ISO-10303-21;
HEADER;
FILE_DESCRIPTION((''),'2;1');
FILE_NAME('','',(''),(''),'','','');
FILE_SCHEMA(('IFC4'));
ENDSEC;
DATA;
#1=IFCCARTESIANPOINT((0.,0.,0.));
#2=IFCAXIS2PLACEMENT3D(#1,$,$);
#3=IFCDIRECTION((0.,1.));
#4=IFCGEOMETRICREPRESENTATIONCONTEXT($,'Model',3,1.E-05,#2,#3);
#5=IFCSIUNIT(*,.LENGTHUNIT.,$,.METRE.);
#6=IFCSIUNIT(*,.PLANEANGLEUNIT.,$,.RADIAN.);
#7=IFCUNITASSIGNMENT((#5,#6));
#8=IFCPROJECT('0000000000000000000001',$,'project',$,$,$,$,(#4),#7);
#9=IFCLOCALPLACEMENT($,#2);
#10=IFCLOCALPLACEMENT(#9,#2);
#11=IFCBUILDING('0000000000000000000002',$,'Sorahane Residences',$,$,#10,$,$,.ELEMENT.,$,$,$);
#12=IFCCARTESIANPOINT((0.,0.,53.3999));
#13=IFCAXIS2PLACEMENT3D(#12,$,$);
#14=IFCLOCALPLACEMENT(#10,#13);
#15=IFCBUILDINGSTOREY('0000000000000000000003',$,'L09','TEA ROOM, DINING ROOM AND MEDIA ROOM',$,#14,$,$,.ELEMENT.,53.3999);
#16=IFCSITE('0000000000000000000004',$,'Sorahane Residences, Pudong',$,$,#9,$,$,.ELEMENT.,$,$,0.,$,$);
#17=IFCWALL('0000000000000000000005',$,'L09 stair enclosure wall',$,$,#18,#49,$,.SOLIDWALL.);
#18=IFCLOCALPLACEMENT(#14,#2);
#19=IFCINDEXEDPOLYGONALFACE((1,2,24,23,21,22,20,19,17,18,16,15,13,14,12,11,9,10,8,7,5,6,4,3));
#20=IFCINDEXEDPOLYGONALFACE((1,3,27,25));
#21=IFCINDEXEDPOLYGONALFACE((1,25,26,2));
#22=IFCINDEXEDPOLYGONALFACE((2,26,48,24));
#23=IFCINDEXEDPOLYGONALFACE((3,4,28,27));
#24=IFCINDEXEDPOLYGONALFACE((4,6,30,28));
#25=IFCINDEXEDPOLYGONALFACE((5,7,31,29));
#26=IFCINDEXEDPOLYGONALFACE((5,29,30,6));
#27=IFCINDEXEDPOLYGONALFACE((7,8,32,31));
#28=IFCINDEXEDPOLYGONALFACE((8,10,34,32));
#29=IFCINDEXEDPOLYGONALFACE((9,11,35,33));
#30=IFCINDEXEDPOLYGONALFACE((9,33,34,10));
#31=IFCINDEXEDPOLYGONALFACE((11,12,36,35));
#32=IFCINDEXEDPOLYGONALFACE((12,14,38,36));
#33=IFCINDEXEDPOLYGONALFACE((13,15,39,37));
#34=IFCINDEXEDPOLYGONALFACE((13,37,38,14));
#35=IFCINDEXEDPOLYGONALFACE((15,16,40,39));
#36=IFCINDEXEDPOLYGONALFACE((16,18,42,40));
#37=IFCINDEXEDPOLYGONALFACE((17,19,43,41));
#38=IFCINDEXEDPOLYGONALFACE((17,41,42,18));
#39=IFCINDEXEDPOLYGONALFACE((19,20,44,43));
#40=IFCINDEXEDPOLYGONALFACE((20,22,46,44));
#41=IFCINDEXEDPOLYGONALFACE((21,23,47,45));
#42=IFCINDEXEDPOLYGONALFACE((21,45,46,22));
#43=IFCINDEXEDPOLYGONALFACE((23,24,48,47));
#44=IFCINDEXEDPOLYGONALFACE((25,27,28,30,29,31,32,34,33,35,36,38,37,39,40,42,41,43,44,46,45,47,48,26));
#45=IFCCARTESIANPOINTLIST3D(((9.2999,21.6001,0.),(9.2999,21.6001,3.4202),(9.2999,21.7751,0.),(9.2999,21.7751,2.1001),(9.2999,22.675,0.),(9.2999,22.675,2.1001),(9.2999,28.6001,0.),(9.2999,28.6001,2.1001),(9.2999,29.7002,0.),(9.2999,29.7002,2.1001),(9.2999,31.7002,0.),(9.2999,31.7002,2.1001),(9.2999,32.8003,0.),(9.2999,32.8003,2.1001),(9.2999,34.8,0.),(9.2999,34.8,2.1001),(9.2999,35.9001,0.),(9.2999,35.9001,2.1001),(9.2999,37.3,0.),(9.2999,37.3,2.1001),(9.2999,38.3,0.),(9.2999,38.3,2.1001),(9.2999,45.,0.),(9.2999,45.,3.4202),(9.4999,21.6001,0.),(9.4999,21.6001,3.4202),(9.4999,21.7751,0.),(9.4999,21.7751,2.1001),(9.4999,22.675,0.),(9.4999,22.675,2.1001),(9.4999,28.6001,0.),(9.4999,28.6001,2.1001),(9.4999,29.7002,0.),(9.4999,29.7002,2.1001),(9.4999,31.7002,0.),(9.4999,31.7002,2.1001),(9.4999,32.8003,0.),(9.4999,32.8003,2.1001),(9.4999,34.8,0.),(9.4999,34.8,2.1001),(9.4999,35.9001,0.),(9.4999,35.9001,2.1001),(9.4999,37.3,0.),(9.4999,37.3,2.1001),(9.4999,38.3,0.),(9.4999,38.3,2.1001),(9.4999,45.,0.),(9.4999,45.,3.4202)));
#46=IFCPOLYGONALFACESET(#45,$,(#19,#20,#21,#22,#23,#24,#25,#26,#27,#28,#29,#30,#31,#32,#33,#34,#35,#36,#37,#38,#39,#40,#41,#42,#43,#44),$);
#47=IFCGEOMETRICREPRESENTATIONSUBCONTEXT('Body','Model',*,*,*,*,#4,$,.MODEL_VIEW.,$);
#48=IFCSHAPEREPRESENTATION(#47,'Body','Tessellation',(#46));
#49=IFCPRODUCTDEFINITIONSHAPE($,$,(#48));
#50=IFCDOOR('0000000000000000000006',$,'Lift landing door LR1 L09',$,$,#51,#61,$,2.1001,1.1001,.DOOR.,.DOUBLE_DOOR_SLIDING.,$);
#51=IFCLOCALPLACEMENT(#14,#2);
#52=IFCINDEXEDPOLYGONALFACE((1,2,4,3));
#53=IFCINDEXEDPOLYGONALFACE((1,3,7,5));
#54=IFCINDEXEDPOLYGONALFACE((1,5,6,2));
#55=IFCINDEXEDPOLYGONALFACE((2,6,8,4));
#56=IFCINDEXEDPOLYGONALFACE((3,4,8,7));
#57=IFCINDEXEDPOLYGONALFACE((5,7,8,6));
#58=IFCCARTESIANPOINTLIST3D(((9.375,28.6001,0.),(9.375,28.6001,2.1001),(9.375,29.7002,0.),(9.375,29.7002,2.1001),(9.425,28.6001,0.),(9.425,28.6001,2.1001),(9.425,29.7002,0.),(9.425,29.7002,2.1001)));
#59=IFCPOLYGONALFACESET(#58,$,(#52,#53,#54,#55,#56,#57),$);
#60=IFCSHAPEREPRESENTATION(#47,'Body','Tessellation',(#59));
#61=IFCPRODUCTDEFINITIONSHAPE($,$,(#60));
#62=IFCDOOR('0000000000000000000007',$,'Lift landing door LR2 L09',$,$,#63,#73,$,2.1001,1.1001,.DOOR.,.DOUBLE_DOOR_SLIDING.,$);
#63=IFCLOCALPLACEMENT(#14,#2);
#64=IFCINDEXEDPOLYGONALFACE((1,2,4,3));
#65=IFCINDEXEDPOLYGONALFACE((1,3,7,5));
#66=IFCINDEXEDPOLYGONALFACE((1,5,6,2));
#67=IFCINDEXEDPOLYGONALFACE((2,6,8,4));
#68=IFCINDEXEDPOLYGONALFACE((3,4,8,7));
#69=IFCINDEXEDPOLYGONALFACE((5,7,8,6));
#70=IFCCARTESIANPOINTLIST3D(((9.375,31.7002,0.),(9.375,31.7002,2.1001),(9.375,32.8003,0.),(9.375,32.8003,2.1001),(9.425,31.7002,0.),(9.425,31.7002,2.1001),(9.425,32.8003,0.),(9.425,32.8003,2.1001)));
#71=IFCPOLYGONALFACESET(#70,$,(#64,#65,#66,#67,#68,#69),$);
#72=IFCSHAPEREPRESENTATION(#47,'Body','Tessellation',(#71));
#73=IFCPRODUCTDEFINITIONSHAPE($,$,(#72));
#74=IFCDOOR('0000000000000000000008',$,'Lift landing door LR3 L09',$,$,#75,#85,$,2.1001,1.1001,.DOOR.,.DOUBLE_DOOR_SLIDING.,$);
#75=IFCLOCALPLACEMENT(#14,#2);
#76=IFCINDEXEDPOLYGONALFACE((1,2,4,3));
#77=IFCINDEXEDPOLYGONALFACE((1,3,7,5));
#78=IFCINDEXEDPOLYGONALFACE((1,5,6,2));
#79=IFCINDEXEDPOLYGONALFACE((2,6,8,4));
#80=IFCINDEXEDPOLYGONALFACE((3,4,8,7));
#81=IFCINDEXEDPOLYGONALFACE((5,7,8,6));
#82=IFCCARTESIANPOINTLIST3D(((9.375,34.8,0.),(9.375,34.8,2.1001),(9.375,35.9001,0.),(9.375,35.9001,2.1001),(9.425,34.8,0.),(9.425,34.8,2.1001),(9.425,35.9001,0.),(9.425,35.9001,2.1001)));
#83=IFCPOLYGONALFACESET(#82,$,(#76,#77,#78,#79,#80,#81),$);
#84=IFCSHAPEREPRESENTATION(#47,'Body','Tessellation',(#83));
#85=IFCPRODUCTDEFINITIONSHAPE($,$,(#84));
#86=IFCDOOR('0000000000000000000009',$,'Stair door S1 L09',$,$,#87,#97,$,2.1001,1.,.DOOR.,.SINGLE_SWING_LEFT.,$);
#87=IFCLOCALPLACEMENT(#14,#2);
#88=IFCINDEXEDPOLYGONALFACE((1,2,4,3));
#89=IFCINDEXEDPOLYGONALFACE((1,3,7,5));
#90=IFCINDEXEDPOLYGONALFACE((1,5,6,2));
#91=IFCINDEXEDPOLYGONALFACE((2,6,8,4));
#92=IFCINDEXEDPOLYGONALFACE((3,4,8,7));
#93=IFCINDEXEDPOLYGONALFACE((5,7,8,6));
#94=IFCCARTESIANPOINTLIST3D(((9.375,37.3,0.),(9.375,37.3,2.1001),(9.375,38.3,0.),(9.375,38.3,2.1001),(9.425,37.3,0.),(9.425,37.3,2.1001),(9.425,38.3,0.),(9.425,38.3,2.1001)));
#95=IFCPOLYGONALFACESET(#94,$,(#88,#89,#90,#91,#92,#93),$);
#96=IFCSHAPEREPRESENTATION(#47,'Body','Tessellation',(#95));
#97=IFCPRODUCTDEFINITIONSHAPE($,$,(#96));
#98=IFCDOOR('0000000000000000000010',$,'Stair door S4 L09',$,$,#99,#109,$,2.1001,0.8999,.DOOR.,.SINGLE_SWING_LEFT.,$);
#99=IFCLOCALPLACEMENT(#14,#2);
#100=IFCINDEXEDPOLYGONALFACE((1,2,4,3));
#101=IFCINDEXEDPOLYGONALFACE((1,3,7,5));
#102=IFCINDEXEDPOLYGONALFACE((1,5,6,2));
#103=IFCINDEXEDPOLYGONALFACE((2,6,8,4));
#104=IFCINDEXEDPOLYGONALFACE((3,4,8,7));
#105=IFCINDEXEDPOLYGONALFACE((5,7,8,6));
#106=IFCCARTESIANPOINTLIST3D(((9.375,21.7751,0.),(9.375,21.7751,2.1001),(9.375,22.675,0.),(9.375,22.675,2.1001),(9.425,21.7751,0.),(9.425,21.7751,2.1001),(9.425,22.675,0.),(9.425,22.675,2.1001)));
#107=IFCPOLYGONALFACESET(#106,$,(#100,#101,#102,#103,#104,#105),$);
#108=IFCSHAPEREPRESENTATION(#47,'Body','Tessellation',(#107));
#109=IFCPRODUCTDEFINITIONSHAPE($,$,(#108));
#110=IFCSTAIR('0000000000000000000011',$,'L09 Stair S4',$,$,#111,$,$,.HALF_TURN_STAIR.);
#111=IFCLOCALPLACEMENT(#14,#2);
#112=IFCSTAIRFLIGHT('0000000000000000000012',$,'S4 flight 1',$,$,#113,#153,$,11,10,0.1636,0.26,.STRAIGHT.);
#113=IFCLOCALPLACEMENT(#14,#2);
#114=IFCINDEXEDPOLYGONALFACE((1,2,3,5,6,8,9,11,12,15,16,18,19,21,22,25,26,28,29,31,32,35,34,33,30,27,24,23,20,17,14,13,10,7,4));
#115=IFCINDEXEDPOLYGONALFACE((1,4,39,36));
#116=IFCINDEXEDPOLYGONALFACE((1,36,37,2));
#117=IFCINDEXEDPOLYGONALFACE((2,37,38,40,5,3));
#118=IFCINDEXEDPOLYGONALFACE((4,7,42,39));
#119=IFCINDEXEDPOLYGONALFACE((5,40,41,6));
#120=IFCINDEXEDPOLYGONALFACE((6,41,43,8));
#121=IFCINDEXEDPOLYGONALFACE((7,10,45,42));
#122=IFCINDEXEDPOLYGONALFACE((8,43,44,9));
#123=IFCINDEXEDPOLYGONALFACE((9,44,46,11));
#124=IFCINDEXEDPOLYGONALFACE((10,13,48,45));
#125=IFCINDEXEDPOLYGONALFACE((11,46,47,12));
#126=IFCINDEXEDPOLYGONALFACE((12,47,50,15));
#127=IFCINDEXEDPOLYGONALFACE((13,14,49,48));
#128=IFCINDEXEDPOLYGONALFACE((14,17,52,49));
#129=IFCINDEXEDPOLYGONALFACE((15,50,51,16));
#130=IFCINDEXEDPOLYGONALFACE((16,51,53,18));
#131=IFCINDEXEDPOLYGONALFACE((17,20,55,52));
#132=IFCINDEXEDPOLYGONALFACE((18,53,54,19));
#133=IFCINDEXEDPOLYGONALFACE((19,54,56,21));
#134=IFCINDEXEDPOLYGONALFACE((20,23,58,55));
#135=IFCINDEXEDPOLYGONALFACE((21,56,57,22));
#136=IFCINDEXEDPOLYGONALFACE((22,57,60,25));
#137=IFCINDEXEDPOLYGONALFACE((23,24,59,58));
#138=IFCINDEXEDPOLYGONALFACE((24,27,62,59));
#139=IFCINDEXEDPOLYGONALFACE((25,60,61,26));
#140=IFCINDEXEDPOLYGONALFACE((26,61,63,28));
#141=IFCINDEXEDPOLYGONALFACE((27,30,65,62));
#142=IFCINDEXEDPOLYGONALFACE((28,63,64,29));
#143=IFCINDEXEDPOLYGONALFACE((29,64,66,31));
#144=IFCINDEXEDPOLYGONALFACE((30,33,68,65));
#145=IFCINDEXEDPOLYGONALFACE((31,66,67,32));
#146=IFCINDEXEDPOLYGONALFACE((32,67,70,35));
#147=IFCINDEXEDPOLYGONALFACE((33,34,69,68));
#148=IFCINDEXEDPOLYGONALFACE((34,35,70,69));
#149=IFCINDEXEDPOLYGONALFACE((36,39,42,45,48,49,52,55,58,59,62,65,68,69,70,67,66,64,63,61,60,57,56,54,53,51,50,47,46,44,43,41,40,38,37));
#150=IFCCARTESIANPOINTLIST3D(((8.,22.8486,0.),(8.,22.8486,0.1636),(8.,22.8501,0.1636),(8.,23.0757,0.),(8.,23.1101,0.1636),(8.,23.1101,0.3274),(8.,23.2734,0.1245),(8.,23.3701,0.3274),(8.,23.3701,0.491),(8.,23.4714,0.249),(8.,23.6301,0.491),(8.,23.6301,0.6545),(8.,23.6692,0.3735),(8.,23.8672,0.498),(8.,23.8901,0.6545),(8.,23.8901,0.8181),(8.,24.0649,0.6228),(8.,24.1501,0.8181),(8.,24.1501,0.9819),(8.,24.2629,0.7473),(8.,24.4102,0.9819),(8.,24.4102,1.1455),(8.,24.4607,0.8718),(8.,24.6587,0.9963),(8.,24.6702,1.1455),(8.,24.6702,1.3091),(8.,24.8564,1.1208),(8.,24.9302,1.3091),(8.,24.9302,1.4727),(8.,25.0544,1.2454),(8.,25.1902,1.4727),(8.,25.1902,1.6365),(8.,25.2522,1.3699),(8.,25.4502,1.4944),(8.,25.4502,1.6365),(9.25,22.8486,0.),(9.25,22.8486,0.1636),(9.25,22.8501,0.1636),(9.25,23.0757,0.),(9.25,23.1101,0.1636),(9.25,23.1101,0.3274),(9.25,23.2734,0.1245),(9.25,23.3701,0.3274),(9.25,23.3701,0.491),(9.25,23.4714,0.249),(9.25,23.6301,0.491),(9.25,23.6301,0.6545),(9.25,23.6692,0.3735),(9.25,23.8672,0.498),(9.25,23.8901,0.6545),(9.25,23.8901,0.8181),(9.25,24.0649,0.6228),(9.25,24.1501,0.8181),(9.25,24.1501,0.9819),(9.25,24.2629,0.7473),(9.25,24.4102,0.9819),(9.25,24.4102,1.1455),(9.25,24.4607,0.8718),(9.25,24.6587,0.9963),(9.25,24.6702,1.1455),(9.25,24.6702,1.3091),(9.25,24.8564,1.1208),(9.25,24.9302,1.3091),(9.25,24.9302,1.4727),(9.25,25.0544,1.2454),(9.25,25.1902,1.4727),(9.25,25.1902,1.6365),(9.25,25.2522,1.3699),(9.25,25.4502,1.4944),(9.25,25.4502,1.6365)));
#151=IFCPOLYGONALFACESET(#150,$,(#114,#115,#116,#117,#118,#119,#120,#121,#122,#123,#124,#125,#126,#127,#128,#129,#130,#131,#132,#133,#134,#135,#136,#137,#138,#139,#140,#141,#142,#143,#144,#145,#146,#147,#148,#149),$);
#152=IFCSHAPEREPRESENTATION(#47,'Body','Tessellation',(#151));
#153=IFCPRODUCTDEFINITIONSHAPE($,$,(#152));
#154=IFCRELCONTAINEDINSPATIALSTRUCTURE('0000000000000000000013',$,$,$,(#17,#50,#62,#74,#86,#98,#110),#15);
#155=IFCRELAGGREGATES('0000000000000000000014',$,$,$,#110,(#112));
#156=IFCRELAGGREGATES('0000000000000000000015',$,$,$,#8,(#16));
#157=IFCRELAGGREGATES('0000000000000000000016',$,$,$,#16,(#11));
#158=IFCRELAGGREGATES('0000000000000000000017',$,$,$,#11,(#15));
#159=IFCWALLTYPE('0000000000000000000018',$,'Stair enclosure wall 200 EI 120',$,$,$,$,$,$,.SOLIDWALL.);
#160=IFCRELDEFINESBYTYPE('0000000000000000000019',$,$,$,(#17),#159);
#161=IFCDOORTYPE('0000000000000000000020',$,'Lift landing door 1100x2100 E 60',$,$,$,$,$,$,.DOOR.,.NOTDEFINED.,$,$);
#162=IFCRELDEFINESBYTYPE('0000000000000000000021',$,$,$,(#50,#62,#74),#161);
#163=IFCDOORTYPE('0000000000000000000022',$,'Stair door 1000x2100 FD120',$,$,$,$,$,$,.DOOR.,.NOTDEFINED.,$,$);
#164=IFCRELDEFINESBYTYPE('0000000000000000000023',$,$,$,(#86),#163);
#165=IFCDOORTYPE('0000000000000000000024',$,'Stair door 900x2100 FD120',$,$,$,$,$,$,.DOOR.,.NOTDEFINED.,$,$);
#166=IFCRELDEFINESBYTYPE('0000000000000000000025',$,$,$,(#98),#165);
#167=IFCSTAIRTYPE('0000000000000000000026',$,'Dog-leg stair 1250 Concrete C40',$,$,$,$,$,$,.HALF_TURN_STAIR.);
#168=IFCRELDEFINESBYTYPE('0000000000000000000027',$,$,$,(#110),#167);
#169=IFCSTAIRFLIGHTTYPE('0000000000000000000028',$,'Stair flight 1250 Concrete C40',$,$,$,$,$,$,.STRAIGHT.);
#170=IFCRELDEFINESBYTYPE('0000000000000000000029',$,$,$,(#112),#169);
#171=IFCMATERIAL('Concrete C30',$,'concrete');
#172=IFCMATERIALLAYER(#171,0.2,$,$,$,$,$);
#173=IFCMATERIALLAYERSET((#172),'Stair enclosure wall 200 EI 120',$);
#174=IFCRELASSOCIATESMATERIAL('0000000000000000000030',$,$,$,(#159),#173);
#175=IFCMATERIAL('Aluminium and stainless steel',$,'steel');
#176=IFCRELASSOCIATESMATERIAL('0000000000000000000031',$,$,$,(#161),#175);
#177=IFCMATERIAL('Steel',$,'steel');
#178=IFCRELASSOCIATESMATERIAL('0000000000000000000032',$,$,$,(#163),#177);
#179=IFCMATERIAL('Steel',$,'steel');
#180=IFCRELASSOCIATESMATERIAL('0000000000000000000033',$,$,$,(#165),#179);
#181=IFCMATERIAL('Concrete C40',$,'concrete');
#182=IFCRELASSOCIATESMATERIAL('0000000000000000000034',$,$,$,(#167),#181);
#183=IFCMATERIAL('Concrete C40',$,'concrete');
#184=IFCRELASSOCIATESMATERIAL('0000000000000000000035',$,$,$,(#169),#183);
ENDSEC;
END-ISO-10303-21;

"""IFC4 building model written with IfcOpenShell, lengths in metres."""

from ifc_helpers import new_model, si_unit, direction, frame, frame_2d, origin, place, context, subcontext, project, spatial, polyline, rectangle, outline, extrude, material, layer, layer_set, type_object, element, fill, aggregate, save


model = new_model("IFC4")

# Units and contexts
model_context = context("Model", 3, precision=1e-05, world=origin(), true_north=direction((0.0, 1.0)))
body_context = subcontext(model_context, "Body", "Model", "MODEL_VIEW")
ifc_project = project(units=[si_unit("LENGTHUNIT", "METRE"), si_unit("PLANEANGLEUNIT", "RADIAN")], contexts=[model_context])

# Site, building, storey
site_placement = place(None, origin())
site = spatial("IfcSite", under=ifc_project, at=site_placement, Name="Sorahane Residences, Pudong", CompositionType="ELEMENT", RefElevation=0.0)
building_placement = place(site_placement, origin())
building = spatial("IfcBuilding", under=site, at=building_placement, Name="Sorahane Residences", CompositionType="ELEMENT")
storey_placement = place(building_placement, frame((0.0, 0.0, 53.3999)))
storey = spatial("IfcBuildingStorey", under=building, at=storey_placement, Name="L09", Description="TEA ROOM, DINING ROOM AND MEDIA ROOM", CompositionType="ELEMENT", Elevation=53.3999)

# Wall, openings, doors
ifc_material_1 = material(Name="Concrete C30", Category="concrete")
ifc_layer_1 = layer(ifc_material_1, 0.2)
ifc_layer_set_1 = layer_set([ifc_layer_1], Name="Stair enclosure wall 200 EI 120")
wall_type_1 = type_object("IfcWallType", Name="Stair enclosure wall 200 EI 120", PredefinedType="SOLIDWALL", material=ifc_layer_set_1)
wall_1_placement = place(storey_placement, frame((9.3999, 21.6001, 0.0), z_axis=(0.0, 0.0, 1.0), x_axis=(0.0, 1.0, 0.0)))
wall_1 = element("IfcWall", 1, at=wall_1_placement, inside=storey, type_object=wall_type_1, Name="L09 stair enclosure wall", PredefinedType="SOLIDWALL", context=body_context, shape_type="SweptSolid", body=[
    extrude(rectangle(XDim=23.3999, YDim=0.2, at=frame_2d((11.7, 0.0))), origin(), (0.0, 0.0, 1.0), 3.4202),
])
opening_1_placement = place(wall_1_placement, frame((7.0, 0.0, 0.0)))
opening_1 = element("IfcOpeningElement", 2, at=opening_1_placement, cuts=wall_1, PredefinedType="OPENING", context=body_context, shape_type="SweptSolid", body=[
    extrude(rectangle(XDim=1.1001, YDim=2.1001, at=frame_2d((0.55, 1.05))), frame((0.0, 0.1099, 0.0), z_axis=(0.0, -1.0, 0.0), x_axis=(1.0, 0.0, 0.0)), (0.0, 0.0, 1.0), 0.22),
])
opening_2_placement = place(wall_1_placement, frame((10.1001, 0.0, 0.0)))
opening_2 = element("IfcOpeningElement", 3, at=opening_2_placement, cuts=wall_1, PredefinedType="OPENING", context=body_context, shape_type="SweptSolid", body=[
    extrude(rectangle(XDim=1.1001, YDim=2.1001, at=frame_2d((0.55, 1.05))), frame((0.0, 0.1099, 0.0), z_axis=(0.0, -1.0, 0.0), x_axis=(1.0, 0.0, 0.0)), (0.0, 0.0, 1.0), 0.22),
])
opening_3_placement = place(wall_1_placement, frame((13.2, 0.0, 0.0)))
opening_3 = element("IfcOpeningElement", 4, at=opening_3_placement, cuts=wall_1, PredefinedType="OPENING", context=body_context, shape_type="SweptSolid", body=[
    extrude(rectangle(XDim=1.1001, YDim=2.1001, at=frame_2d((0.55, 1.05))), frame((0.0, 0.1099, 0.0), z_axis=(0.0, -1.0, 0.0), x_axis=(1.0, 0.0, 0.0)), (0.0, 0.0, 1.0), 0.22),
])
opening_4_placement = place(wall_1_placement, frame((15.7, 0.0, 0.0)))
opening_4 = element("IfcOpeningElement", 5, at=opening_4_placement, cuts=wall_1, PredefinedType="OPENING", context=body_context, shape_type="SweptSolid", body=[
    extrude(rectangle(XDim=1.0, YDim=2.1001, at=frame_2d((0.5, 1.05))), frame((0.0, 0.1099, 0.0), z_axis=(0.0, -1.0, 0.0), x_axis=(1.0, 0.0, 0.0)), (0.0, 0.0, 1.0), 0.22),
])
opening_5_placement = place(wall_1_placement, frame((0.175, 0.0, 0.0)))
opening_5 = element("IfcOpeningElement", 6, at=opening_5_placement, cuts=wall_1, PredefinedType="OPENING", context=body_context, shape_type="SweptSolid", body=[
    extrude(rectangle(XDim=0.8999, YDim=2.1001, at=frame_2d((0.45, 1.05))), frame((0.0, 0.1099, 0.0), z_axis=(0.0, -1.0, 0.0), x_axis=(1.0, 0.0, 0.0)), (0.0, 0.0, 1.0), 0.22),
])
ifc_material_2 = material(Name="Aluminium and stainless steel", Category="steel")
door_type_1 = type_object("IfcDoorType", Name="Lift landing door 1100x2100 E 60", OperationType="NOTDEFINED", PredefinedType="DOOR", material=ifc_material_2)
door_1_placement = place(opening_1_placement, origin())
door_1 = element("IfcDoor", 7, at=door_1_placement, inside=storey, type_object=door_type_1, Name="Lift landing door LR1 L09", OperationType="DOUBLE_DOOR_SLIDING", OverallHeight=2.1001, OverallWidth=1.1001, PredefinedType="DOOR", context=body_context, shape_type="SweptSolid", body=[
    extrude(rectangle(XDim=1.1001, YDim=2.1001, at=frame_2d((0.55, 1.05))), frame((0.0, 0.0249, 0.0), z_axis=(0.0, -1.0, 0.0), x_axis=(1.0, 0.0, 0.0)), (0.0, 0.0, 1.0), 0.05),
])
fill(opening_1, door_1)
door_2_placement = place(opening_2_placement, origin())
door_2 = element("IfcDoor", 8, at=door_2_placement, inside=storey, type_object=door_type_1, Name="Lift landing door LR2 L09", OperationType="DOUBLE_DOOR_SLIDING", OverallHeight=2.1001, OverallWidth=1.1001, PredefinedType="DOOR", context=body_context, shape_type="SweptSolid", body=[
    extrude(rectangle(XDim=1.1001, YDim=2.1001, at=frame_2d((0.55, 1.05))), frame((0.0, 0.0249, 0.0), z_axis=(0.0, -1.0, 0.0), x_axis=(1.0, 0.0, 0.0)), (0.0, 0.0, 1.0), 0.05),
])
fill(opening_2, door_2)
door_3_placement = place(opening_3_placement, origin())
door_3 = element("IfcDoor", 9, at=door_3_placement, inside=storey, type_object=door_type_1, Name="Lift landing door LR3 L09", OperationType="DOUBLE_DOOR_SLIDING", OverallHeight=2.1001, OverallWidth=1.1001, PredefinedType="DOOR", context=body_context, shape_type="SweptSolid", body=[
    extrude(rectangle(XDim=1.1001, YDim=2.1001, at=frame_2d((0.55, 1.05))), frame((0.0, 0.0249, 0.0), z_axis=(0.0, -1.0, 0.0), x_axis=(1.0, 0.0, 0.0)), (0.0, 0.0, 1.0), 0.05),
])
fill(opening_3, door_3)
ifc_material_3 = material(Name="Steel", Category="steel")
door_type_2 = type_object("IfcDoorType", Name="Stair door 1000x2100 FD120", OperationType="NOTDEFINED", PredefinedType="DOOR", material=ifc_material_3)
door_4_placement = place(opening_4_placement, origin())
door_4 = element("IfcDoor", 10, at=door_4_placement, inside=storey, type_object=door_type_2, Name="Stair door S1 L09", OperationType="SINGLE_SWING_LEFT", OverallHeight=2.1001, OverallWidth=1.0, PredefinedType="DOOR", context=body_context, shape_type="SweptSolid", body=[
    extrude(rectangle(XDim=1.0, YDim=2.1001, at=frame_2d((0.5, 1.05))), frame((0.0, 0.0249, 0.0), z_axis=(0.0, -1.0, 0.0), x_axis=(1.0, 0.0, 0.0)), (0.0, 0.0, 1.0), 0.05),
])
fill(opening_4, door_4)
ifc_material_4 = material(Name="Steel", Category="steel")
door_type_3 = type_object("IfcDoorType", Name="Stair door 900x2100 FD120", OperationType="NOTDEFINED", PredefinedType="DOOR", material=ifc_material_4)
door_5_placement = place(opening_5_placement, origin())
door_5 = element("IfcDoor", 11, at=door_5_placement, inside=storey, type_object=door_type_3, Name="Stair door S4 L09", OperationType="SINGLE_SWING_LEFT", OverallHeight=2.1001, OverallWidth=0.8999, PredefinedType="DOOR", context=body_context, shape_type="SweptSolid", body=[
    extrude(rectangle(XDim=0.8999, YDim=2.1001, at=frame_2d((0.45, 1.05))), frame((0.0, 0.0249, 0.0), z_axis=(0.0, -1.0, 0.0), x_axis=(1.0, 0.0, 0.0)), (0.0, 0.0, 1.0), 0.05),
])
fill(opening_5, door_5)

# Stair, stair flight
ifc_material_5 = material(Name="Concrete C40", Category="concrete")
stair_type = type_object("IfcStairType", Name="Dog-leg stair 1250 Concrete C40", PredefinedType="HALF_TURN_STAIR", material=ifc_material_5)
stair_placement = place(storey_placement, origin())
stair = element("IfcStair", 12, at=stair_placement, inside=storey, type_object=stair_type, Name="L09 Stair S4", PredefinedType="HALF_TURN_STAIR")
ifc_material_6 = material(Name="Concrete C40", Category="concrete")
stair_flight_type = type_object("IfcStairFlightType", Name="Stair flight 1250 Concrete C40", PredefinedType="STRAIGHT", material=ifc_material_6)
stair_flight_placement = place(storey_placement, frame((8.625, 22.8501, 0.0), z_axis=(0.0, 0.0, 1.0), x_axis=(0.0, 1.0, 0.0)))
stair_flight = element("IfcStairFlight", 13, at=stair_flight_placement, type_object=stair_flight_type, Name="S4 flight 1", NumberOfRisers=11, NumberOfTreads=10, PredefinedType="STRAIGHT", RiserHeight=0.1636, TreadLength=0.26, context=body_context, shape_type="SweptSolid", body=[
    extrude(outline(polyline([(-0.0015, 0.0), (-0.0015, 0.1636), (0.0, 0.1636), (0.26, 0.1636), (0.26, 0.3274), (0.52, 0.3274), (0.52, 0.491), (0.78, 0.491), (0.78, 0.6545), (1.04, 0.6545), (1.04, 0.8181), (1.3, 0.8181), (1.3, 0.9819), (1.5601, 0.9819), (1.5601, 1.1455), (1.8201, 1.1455), (1.8201, 1.3091), (2.0801, 1.3091), (2.0801, 1.4727), (2.3401, 1.4727), (2.3401, 1.6365), (2.6001, 1.6365), (2.6001, 1.8), (2.6001, 1.4944), (2.4021, 1.3699), (2.2043, 1.2454), (2.0063, 1.1208), (1.8086, 0.9963), (1.6106, 0.8718), (1.4128, 0.7473), (1.2148, 0.6228), (1.0171, 0.498), (0.8191, 0.3735), (0.6213, 0.249), (0.4233, 0.1245), (0.2256, 0.0), (-0.0015, 0.0)])), frame((0.0, 0.625, 0.0), z_axis=(0.0, -1.0, 0.0), x_axis=(1.0, 0.0, 0.0)), (0.0, 0.0, 1.0), 1.25),
])
aggregate(stair, [stair_flight])

save(model, "model.ifc")
